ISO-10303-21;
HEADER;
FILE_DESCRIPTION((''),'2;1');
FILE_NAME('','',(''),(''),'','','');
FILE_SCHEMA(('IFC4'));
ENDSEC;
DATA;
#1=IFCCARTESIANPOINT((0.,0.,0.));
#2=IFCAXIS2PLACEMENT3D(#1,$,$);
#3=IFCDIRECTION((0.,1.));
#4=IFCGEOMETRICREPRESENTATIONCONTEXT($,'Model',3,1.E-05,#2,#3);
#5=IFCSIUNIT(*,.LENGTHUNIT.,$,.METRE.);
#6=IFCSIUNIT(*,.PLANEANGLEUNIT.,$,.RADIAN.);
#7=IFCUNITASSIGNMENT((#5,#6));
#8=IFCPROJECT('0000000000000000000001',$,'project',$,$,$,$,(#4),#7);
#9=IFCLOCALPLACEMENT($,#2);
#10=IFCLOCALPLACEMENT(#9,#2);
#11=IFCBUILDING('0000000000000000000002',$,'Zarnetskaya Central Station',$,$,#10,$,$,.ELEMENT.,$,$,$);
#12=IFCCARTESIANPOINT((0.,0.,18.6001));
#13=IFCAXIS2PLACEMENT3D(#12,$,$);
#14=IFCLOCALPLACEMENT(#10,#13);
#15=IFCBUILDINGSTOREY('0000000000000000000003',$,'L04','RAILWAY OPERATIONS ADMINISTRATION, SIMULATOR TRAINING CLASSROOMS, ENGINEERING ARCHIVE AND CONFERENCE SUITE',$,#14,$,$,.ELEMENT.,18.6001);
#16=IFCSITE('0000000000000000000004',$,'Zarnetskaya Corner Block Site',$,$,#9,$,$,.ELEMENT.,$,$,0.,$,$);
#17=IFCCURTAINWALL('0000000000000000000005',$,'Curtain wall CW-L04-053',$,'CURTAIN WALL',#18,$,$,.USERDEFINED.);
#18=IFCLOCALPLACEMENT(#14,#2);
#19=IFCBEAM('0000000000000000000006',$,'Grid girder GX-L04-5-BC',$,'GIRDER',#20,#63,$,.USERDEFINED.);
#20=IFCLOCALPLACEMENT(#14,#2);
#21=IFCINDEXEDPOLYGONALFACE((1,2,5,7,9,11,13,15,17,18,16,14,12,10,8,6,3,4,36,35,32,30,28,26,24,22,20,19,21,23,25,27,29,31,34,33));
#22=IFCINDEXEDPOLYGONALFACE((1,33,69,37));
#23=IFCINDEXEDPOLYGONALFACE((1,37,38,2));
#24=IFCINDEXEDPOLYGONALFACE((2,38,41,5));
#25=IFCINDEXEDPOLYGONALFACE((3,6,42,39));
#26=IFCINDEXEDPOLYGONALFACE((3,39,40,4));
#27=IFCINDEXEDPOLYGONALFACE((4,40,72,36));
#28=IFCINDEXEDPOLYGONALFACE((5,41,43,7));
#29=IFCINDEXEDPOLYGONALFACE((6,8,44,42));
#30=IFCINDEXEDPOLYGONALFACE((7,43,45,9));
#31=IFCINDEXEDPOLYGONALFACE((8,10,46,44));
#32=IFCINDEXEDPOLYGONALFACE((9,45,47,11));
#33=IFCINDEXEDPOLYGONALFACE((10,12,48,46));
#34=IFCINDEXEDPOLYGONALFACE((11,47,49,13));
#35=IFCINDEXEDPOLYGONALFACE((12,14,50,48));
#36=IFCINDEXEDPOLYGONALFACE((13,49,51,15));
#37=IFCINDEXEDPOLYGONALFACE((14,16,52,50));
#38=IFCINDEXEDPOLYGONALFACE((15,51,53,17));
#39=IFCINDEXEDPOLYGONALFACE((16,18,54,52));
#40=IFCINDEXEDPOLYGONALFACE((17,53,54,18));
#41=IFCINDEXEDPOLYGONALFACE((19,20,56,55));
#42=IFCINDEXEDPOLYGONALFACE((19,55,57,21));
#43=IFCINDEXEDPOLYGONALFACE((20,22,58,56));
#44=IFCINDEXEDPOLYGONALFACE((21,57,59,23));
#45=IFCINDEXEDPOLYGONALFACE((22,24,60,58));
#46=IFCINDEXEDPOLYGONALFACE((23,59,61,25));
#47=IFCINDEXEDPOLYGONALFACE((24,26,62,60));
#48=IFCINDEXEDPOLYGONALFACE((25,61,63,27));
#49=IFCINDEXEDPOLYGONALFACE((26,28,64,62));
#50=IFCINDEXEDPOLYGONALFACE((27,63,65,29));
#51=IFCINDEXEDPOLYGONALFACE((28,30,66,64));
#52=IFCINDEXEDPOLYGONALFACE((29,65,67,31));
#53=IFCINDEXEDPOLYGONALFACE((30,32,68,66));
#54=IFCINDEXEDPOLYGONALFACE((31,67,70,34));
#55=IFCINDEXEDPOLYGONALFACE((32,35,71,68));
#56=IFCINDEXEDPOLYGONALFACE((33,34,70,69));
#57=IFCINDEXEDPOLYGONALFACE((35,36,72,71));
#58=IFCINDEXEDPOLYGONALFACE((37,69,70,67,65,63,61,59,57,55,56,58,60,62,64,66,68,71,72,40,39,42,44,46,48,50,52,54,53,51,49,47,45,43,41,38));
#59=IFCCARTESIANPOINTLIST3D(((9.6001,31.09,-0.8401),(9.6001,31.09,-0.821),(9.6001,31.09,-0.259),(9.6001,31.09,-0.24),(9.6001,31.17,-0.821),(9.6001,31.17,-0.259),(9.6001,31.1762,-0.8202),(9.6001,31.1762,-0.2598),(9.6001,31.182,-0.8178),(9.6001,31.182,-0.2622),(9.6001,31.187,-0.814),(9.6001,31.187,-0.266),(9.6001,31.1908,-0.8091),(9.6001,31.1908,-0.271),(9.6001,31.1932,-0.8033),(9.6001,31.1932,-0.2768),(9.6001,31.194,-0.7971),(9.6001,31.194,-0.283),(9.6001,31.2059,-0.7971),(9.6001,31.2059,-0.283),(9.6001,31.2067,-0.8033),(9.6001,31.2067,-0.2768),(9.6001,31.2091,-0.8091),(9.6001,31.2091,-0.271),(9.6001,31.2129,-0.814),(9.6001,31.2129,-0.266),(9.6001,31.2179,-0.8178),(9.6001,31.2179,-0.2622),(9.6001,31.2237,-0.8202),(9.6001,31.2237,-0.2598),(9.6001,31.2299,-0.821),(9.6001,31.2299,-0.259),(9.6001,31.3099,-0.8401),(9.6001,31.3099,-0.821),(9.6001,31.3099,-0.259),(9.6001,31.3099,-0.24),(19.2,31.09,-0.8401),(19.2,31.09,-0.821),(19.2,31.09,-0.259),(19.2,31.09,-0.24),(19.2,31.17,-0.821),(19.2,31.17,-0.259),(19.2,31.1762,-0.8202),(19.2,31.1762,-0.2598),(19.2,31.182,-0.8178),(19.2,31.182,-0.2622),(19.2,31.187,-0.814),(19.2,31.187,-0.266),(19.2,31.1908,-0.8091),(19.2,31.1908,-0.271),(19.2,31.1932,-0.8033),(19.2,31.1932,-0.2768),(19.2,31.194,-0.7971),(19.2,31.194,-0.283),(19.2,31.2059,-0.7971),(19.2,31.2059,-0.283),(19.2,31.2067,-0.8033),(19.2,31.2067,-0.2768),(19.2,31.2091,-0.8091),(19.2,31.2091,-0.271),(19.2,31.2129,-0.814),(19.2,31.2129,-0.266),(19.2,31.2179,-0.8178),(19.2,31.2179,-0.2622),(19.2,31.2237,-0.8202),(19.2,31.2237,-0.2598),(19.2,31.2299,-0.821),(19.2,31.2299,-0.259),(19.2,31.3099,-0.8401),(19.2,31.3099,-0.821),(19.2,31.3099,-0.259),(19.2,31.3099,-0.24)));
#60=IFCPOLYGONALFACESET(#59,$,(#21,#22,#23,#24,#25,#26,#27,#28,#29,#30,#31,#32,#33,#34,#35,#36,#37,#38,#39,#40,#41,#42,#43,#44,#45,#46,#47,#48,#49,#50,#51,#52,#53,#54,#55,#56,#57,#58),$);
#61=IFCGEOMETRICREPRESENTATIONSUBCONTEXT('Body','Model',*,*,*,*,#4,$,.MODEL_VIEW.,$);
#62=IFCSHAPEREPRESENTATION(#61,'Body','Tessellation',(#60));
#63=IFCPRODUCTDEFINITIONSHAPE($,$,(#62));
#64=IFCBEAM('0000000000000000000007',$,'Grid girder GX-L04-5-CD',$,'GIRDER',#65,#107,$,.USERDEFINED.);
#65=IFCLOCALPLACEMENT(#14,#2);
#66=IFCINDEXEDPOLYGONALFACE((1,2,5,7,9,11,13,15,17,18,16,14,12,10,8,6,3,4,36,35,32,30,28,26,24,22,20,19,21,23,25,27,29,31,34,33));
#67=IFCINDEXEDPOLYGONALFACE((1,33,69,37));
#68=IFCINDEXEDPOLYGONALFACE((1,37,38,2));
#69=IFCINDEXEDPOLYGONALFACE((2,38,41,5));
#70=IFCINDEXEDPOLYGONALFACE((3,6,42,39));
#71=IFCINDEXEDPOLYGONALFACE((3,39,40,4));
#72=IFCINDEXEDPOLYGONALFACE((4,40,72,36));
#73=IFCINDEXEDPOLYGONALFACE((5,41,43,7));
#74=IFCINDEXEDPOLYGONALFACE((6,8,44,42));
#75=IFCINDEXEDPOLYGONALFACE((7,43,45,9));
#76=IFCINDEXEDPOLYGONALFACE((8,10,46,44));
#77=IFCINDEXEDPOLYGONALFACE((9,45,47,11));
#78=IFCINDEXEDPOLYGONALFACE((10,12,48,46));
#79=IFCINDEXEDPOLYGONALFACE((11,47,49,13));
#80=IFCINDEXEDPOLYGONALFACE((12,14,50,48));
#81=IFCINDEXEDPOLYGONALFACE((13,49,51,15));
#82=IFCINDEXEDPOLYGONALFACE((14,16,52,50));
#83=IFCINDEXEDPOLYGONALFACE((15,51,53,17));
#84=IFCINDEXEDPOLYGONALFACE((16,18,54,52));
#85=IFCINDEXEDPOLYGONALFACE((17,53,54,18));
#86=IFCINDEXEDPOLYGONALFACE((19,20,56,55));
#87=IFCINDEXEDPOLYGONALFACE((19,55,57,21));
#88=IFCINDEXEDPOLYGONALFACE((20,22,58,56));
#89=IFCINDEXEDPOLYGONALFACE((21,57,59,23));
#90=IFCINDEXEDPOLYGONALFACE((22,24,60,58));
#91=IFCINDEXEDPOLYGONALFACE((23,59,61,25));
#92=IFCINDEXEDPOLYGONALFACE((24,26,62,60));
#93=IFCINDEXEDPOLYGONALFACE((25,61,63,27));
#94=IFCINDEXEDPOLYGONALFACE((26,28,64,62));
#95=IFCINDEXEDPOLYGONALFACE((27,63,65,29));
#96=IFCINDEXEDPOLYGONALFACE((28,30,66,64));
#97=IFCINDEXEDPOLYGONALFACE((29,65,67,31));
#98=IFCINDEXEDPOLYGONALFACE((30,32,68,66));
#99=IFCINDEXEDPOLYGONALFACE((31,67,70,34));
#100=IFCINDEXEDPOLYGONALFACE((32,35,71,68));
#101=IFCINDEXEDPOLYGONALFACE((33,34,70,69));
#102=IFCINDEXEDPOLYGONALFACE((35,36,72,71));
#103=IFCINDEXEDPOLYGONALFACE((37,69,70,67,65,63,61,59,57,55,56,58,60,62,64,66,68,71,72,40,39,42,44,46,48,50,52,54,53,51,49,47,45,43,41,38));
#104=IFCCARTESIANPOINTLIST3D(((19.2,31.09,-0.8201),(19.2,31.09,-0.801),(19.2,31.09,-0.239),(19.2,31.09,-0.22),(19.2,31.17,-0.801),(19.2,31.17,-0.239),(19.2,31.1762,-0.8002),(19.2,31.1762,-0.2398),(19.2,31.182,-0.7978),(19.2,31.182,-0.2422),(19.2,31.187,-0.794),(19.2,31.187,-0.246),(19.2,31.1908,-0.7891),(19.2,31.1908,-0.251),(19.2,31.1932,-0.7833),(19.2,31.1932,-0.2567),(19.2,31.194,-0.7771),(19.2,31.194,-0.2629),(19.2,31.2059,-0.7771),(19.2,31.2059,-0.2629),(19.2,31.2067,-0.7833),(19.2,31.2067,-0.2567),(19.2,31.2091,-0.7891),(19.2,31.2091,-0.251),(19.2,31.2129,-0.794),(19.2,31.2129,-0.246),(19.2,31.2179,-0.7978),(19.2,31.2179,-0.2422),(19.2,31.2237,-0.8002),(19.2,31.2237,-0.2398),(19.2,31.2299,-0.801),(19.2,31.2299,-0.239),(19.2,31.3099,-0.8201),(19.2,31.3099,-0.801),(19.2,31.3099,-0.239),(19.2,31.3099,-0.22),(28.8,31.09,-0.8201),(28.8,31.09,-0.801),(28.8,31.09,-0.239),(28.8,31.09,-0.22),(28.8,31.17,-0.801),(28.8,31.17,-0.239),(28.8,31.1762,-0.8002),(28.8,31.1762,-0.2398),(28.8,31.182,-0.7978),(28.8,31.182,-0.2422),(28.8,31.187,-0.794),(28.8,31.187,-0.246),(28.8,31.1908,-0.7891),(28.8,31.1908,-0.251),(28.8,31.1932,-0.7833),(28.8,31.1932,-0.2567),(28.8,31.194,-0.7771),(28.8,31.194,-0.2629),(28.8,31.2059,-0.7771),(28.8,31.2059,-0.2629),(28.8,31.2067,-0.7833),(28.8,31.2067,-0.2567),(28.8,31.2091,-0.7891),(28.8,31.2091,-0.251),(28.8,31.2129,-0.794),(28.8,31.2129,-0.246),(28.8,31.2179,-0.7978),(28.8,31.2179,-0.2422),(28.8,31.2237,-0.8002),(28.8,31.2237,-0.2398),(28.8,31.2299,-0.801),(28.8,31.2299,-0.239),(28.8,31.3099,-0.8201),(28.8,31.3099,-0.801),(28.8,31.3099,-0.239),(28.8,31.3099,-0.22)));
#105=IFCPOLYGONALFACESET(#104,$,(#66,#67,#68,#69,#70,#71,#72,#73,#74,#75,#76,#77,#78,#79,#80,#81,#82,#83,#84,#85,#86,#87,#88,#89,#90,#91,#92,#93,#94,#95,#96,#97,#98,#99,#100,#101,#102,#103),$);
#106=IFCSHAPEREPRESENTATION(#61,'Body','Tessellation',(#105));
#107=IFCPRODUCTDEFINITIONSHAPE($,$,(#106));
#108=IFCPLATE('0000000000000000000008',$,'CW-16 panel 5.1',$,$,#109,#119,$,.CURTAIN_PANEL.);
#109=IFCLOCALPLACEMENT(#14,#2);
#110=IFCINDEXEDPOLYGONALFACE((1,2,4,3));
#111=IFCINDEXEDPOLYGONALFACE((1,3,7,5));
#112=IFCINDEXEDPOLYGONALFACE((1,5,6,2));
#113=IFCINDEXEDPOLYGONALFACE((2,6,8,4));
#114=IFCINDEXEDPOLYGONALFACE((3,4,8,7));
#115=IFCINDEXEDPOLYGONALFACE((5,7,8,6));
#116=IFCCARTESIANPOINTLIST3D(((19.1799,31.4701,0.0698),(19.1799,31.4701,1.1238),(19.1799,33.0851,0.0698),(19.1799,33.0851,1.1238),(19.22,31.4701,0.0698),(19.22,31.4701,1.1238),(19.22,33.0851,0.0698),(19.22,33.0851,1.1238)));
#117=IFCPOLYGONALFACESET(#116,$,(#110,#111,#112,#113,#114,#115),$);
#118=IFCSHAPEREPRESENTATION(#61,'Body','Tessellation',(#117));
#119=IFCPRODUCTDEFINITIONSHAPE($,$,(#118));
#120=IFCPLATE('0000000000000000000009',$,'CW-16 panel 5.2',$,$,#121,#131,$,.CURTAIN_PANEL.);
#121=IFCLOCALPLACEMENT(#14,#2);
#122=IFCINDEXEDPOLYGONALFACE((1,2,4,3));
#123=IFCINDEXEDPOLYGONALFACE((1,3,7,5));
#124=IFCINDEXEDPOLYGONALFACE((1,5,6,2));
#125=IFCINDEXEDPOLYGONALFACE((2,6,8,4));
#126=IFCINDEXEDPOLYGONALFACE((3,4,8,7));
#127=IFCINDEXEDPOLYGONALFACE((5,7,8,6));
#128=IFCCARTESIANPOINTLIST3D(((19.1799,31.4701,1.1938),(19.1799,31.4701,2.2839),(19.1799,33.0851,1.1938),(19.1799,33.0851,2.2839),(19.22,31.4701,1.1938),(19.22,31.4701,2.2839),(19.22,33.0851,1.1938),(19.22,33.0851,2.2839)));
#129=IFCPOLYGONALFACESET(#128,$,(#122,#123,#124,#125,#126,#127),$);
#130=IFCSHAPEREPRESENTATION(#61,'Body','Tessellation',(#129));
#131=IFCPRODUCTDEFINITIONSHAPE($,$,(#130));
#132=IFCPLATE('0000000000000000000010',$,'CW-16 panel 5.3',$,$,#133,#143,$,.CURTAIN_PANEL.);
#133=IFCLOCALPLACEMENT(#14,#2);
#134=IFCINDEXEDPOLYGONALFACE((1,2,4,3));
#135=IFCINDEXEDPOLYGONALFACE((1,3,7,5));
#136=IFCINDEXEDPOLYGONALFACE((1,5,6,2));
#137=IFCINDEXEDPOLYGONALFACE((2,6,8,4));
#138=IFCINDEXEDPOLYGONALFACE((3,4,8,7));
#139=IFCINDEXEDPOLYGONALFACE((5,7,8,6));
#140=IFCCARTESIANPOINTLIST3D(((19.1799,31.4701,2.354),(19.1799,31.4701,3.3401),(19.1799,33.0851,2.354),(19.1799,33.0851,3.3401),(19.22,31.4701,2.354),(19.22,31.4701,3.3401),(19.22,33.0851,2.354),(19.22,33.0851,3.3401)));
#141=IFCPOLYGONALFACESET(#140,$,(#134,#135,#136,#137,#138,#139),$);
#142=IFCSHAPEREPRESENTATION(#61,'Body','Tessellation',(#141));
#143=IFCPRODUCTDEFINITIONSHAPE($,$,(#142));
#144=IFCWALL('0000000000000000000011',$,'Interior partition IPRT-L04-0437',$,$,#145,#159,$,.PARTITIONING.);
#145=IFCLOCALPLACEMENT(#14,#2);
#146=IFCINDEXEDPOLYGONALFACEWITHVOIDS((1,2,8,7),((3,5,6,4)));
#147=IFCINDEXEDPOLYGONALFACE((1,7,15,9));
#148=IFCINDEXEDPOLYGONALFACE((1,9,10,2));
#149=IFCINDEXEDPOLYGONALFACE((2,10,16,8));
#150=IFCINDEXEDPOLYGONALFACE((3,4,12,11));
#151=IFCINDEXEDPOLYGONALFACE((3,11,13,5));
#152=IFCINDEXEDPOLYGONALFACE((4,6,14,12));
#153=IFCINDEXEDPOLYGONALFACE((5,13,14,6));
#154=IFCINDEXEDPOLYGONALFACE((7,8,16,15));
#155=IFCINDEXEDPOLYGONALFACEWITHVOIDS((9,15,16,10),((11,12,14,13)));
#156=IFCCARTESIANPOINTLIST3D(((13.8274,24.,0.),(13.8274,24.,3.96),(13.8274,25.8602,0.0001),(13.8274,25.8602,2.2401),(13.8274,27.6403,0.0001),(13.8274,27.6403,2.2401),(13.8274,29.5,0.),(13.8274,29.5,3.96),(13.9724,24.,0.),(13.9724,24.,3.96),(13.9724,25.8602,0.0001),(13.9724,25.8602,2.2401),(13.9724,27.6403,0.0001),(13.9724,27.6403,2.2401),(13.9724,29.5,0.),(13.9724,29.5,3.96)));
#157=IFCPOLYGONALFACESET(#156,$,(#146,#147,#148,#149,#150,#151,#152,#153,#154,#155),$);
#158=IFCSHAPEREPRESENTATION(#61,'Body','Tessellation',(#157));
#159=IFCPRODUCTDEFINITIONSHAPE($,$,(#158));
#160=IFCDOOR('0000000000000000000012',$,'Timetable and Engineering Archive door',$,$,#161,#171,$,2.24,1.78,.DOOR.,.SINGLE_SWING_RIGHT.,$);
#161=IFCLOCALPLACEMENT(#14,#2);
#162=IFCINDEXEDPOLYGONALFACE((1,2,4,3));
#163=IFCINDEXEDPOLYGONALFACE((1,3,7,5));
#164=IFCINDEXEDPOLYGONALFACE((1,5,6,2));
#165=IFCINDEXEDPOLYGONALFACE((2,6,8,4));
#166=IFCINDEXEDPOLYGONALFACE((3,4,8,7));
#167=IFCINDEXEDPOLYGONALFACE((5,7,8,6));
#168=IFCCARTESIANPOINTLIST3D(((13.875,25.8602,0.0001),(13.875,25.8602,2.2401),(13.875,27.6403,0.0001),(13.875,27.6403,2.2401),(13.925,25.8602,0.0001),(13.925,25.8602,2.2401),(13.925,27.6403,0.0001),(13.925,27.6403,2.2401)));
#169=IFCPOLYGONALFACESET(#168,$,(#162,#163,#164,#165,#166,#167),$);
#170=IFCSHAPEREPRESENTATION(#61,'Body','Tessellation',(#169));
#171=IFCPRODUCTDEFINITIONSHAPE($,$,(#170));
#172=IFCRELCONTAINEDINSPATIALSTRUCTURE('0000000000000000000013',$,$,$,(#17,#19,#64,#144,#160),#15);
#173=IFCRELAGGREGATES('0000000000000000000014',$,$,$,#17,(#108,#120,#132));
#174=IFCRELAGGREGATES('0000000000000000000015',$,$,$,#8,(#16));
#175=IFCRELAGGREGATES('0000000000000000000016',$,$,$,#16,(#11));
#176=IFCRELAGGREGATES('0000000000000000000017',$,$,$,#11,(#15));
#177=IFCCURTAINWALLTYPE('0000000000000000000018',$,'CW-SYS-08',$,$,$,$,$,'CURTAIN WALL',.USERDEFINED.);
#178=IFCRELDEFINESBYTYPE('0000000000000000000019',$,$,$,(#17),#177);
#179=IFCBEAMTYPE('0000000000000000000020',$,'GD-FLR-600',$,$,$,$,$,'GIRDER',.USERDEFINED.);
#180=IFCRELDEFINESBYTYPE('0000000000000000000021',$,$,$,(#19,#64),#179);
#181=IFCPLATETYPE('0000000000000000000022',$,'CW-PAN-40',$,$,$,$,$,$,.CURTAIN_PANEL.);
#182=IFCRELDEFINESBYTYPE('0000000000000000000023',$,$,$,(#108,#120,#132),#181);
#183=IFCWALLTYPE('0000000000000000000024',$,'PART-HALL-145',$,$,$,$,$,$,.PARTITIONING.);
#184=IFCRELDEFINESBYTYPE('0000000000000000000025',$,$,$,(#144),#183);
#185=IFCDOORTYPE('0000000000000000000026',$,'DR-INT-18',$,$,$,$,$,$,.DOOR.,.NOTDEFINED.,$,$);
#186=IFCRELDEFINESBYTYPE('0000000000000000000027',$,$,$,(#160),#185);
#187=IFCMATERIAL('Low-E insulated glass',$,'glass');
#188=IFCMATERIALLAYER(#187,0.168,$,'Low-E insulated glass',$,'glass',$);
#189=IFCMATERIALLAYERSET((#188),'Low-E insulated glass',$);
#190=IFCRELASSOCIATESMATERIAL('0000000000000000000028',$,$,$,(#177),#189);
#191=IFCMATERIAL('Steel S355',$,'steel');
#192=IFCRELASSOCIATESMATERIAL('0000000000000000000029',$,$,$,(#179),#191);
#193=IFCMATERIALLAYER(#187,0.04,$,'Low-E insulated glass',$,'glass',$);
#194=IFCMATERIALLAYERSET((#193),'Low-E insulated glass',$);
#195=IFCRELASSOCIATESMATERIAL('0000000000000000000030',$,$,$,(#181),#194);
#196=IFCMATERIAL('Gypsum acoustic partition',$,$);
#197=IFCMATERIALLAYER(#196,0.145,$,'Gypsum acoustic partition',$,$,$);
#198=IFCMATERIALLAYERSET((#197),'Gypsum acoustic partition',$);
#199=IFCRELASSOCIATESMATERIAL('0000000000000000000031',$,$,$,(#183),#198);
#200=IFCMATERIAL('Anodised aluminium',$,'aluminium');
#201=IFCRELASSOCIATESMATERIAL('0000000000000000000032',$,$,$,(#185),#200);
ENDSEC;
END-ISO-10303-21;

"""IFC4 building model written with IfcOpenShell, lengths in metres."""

from ifc_helpers import new_model, si_unit, direction, frame, frame_2d, origin, origin_2d, place, context, subcontext, project, spatial, rectangle, i_section, extrude, material, layer, layer_set, material_profile, profile_set, type_object, element, fill, aggregate, save


model = new_model("IFC4")

# Units and contexts
model_context = context("Model", 3, precision=1e-05, world=origin(), true_north=direction((0.0, 1.0)))
body_context = subcontext(model_context, "Body", "Model", "MODEL_VIEW")
ifc_project = project(units=[si_unit("LENGTHUNIT", "METRE"), si_unit("PLANEANGLEUNIT", "RADIAN")], contexts=[model_context])

# Site, building, storey
site_placement = place(None, origin())
site = spatial("IfcSite", under=ifc_project, at=site_placement, Name="Zarnetskaya Corner Block Site", CompositionType="ELEMENT", RefElevation=0.0)
building_placement = place(site_placement, origin())
building = spatial("IfcBuilding", under=site, at=building_placement, Name="Zarnetskaya Central Station", CompositionType="ELEMENT")
storey_placement = place(building_placement, frame((0.0, 0.0, 18.6001)))
storey = spatial("IfcBuildingStorey", under=building, at=storey_placement, Name="L04", Description="RAILWAY OPERATIONS ADMINISTRATION, SIMULATOR TRAINING CLASSROOMS, ENGINEERING ARCHIVE AND CONFERENCE SUITE", CompositionType="ELEMENT", Elevation=18.6001)

# Shared definitions
ifc_material_1 = material(Name="Steel S355", Category="steel")

# Curtain wall
ifc_material_2 = material(Name="Low-E insulated glass", Category="glass")
ifc_layer_1 = layer(ifc_material_2, 0.168, Name="Low-E insulated glass", Category="glass")
ifc_layer_set_1 = layer_set([ifc_layer_1], Name="Low-E insulated glass")
curtain_wall_type = type_object("IfcCurtainWallType", Name="CW-SYS-08", ElementType="CURTAIN WALL", PredefinedType="USERDEFINED", material=ifc_layer_set_1)
curtain_wall_placement = place(storey_placement, origin())
curtain_wall = element("IfcCurtainWall", 1, at=curtain_wall_placement, inside=storey, type_object=curtain_wall_type, Name="Curtain wall CW-L04-053", ObjectType="CURTAIN WALL", PredefinedType="USERDEFINED")
ifc_material_3 = material(Name="Anodised aluminium", Category="aluminium")

# Beams
ifc_material_profile_1 = material_profile(ifc_material_1, i_section(OverallWidth=0.22, OverallDepth=0.6001, WebThickness=0.012, FlangeThickness=0.019, FilletRadius=0.0239, at=origin_2d()), Name="IPE 600")
ifc_profile_set_1 = profile_set([ifc_material_profile_1], Name="Steel S355")
beam_type_1 = type_object("IfcBeamType", Name="GD-FLR-600", ElementType="GIRDER", PredefinedType="USERDEFINED", material=ifc_profile_set_1)
beam_1_placement = place(storey_placement, frame((9.6001, 31.2, -0.54), z_axis=(1.0, 0.0, 0.0), x_axis=(0.0, 1.0, 0.0)))
element("IfcBeam", 2, at=beam_1_placement, inside=storey, type_object=beam_type_1, Name="Grid girder GX-L04-5-BC", ObjectType="GIRDER", PredefinedType="USERDEFINED", context=body_context, shape_type="SweptSolid", body=[
    extrude(i_section(OverallWidth=0.22, OverallDepth=0.6001, WebThickness=0.012, FlangeThickness=0.019, FilletRadius=0.0239, at=origin_2d()), origin(), (0.0, 0.0, 1.0), 9.5999),
])
beam_2_placement = place(storey_placement, frame((19.2, 31.2, -0.52), z_axis=(1.0, 0.0, 0.0), x_axis=(0.0, 1.0, 0.0)))
element("IfcBeam", 3, at=beam_2_placement, inside=storey, type_object=beam_type_1, Name="Grid girder GX-L04-5-CD", ObjectType="GIRDER", PredefinedType="USERDEFINED", context=body_context, shape_type="SweptSolid", body=[
    extrude(i_section(OverallWidth=0.22, OverallDepth=0.6001, WebThickness=0.012, FlangeThickness=0.019, FilletRadius=0.0239, at=origin_2d()), origin(), (0.0, 0.0, 1.0), 9.6001),
])

# Plates
ifc_layer_2 = layer(ifc_material_2, 0.04, Name="Low-E insulated glass", Category="glass")
ifc_layer_set_2 = layer_set([ifc_layer_2], Name="Low-E insulated glass")
plate_type = type_object("IfcPlateType", Name="CW-PAN-40", PredefinedType="CURTAIN_PANEL", material=ifc_layer_set_2)
plate_1_placement = place(storey_placement, frame((19.2, 32.2776, 0.0698), z_axis=(0.0, 0.0, 1.0), x_axis=(0.0, -1.0, 0.0)))
plate_1 = element("IfcPlate", 4, at=plate_1_placement, type_object=plate_type, Name="CW-16 panel 5.1", PredefinedType="CURTAIN_PANEL", context=body_context, shape_type="SweptSolid", body=[
    extrude(rectangle(XDim=1.615, YDim=0.04, at=origin_2d()), origin(), (0.0, 0.0, 1.0), 1.054),
])
plate_2_placement = place(storey_placement, frame((19.2, 32.2776, 1.1938), z_axis=(0.0, 0.0, 1.0), x_axis=(0.0, -1.0, 0.0)))
plate_2 = element("IfcPlate", 5, at=plate_2_placement, type_object=plate_type, Name="CW-16 panel 5.2", PredefinedType="CURTAIN_PANEL", context=body_context, shape_type="SweptSolid", body=[
    extrude(rectangle(XDim=1.615, YDim=0.04, at=origin_2d()), origin(), (0.0, 0.0, 1.0), 1.0901),
])
plate_3_placement = place(storey_placement, frame((19.2, 32.2776, 2.354), z_axis=(0.0, 0.0, 1.0), x_axis=(0.0, -1.0, 0.0)))
plate_3 = element("IfcPlate", 6, at=plate_3_placement, type_object=plate_type, Name="CW-16 panel 5.3", PredefinedType="CURTAIN_PANEL", context=body_context, shape_type="SweptSolid", body=[
    extrude(rectangle(XDim=1.615, YDim=0.04, at=origin_2d()), origin(), (0.0, 0.0, 1.0), 0.9861),
])
aggregate(curtain_wall, [plate_1, plate_2, plate_3])

# Wall, opening, door
ifc_material_4 = material(Name="Gypsum acoustic partition")
ifc_layer_3 = layer(ifc_material_4, 0.145, Name="Gypsum acoustic partition")
ifc_layer_set_3 = layer_set([ifc_layer_3], Name="Gypsum acoustic partition")
wall_type_1 = type_object("IfcWallType", Name="PART-HALL-145", PredefinedType="PARTITIONING", material=ifc_layer_set_3)
wall_1_placement = place(storey_placement, frame((13.8999, 24.0, 0.0), z_axis=(0.0, 0.0, 1.0), x_axis=(0.0, 1.0, 0.0)))
wall_1 = element("IfcWall", 7, at=wall_1_placement, inside=storey, type_object=wall_type_1, Name="Interior partition IPRT-L04-0437", PredefinedType="PARTITIONING", context=body_context, shape_type="SweptSolid", body=[
    extrude(rectangle(XDim=5.5, YDim=0.145, at=frame_2d((2.75, 0.0))), origin(), (0.0, 0.0, 1.0), 3.96),
])
opening_1_placement = place(wall_1_placement, frame((1.8601, 0.0, 0.0)))
opening_1 = element("IfcOpeningElement", 8, at=opening_1_placement, cuts=wall_1, PredefinedType="OPENING", context=body_context, shape_type="SweptSolid", body=[
    extrude(rectangle(XDim=1.78, YDim=2.24, at=frame_2d((0.8901, 1.1201))), frame((0.0, 0.0825, 0.0), z_axis=(0.0, -1.0, 0.0), x_axis=(1.0, 0.0, 0.0)), (0.0, 0.0, 1.0), 0.165),
])
door_type_1 = type_object("IfcDoorType", Name="DR-INT-18", OperationType="NOTDEFINED", PredefinedType="DOOR", material=ifc_material_3)
door_1_placement = place(opening_1_placement, origin())
door_1 = element("IfcDoor", 9, at=door_1_placement, inside=storey, type_object=door_type_1, Name="Timetable and Engineering Archive door", OperationType="SINGLE_SWING_RIGHT", OverallHeight=2.24, OverallWidth=1.78, PredefinedType="DOOR", context=body_context, shape_type="SweptSolid", body=[
    extrude(rectangle(XDim=1.78, YDim=2.24, at=frame_2d((0.8901, 1.1201))), frame((0.0, 0.0249, 0.0), z_axis=(0.0, -1.0, 0.0), x_axis=(1.0, 0.0, 0.0)), (0.0, 0.0, 1.0), 0.05),
])
fill(opening_1, door_1)

save(model, "model.ifc")
